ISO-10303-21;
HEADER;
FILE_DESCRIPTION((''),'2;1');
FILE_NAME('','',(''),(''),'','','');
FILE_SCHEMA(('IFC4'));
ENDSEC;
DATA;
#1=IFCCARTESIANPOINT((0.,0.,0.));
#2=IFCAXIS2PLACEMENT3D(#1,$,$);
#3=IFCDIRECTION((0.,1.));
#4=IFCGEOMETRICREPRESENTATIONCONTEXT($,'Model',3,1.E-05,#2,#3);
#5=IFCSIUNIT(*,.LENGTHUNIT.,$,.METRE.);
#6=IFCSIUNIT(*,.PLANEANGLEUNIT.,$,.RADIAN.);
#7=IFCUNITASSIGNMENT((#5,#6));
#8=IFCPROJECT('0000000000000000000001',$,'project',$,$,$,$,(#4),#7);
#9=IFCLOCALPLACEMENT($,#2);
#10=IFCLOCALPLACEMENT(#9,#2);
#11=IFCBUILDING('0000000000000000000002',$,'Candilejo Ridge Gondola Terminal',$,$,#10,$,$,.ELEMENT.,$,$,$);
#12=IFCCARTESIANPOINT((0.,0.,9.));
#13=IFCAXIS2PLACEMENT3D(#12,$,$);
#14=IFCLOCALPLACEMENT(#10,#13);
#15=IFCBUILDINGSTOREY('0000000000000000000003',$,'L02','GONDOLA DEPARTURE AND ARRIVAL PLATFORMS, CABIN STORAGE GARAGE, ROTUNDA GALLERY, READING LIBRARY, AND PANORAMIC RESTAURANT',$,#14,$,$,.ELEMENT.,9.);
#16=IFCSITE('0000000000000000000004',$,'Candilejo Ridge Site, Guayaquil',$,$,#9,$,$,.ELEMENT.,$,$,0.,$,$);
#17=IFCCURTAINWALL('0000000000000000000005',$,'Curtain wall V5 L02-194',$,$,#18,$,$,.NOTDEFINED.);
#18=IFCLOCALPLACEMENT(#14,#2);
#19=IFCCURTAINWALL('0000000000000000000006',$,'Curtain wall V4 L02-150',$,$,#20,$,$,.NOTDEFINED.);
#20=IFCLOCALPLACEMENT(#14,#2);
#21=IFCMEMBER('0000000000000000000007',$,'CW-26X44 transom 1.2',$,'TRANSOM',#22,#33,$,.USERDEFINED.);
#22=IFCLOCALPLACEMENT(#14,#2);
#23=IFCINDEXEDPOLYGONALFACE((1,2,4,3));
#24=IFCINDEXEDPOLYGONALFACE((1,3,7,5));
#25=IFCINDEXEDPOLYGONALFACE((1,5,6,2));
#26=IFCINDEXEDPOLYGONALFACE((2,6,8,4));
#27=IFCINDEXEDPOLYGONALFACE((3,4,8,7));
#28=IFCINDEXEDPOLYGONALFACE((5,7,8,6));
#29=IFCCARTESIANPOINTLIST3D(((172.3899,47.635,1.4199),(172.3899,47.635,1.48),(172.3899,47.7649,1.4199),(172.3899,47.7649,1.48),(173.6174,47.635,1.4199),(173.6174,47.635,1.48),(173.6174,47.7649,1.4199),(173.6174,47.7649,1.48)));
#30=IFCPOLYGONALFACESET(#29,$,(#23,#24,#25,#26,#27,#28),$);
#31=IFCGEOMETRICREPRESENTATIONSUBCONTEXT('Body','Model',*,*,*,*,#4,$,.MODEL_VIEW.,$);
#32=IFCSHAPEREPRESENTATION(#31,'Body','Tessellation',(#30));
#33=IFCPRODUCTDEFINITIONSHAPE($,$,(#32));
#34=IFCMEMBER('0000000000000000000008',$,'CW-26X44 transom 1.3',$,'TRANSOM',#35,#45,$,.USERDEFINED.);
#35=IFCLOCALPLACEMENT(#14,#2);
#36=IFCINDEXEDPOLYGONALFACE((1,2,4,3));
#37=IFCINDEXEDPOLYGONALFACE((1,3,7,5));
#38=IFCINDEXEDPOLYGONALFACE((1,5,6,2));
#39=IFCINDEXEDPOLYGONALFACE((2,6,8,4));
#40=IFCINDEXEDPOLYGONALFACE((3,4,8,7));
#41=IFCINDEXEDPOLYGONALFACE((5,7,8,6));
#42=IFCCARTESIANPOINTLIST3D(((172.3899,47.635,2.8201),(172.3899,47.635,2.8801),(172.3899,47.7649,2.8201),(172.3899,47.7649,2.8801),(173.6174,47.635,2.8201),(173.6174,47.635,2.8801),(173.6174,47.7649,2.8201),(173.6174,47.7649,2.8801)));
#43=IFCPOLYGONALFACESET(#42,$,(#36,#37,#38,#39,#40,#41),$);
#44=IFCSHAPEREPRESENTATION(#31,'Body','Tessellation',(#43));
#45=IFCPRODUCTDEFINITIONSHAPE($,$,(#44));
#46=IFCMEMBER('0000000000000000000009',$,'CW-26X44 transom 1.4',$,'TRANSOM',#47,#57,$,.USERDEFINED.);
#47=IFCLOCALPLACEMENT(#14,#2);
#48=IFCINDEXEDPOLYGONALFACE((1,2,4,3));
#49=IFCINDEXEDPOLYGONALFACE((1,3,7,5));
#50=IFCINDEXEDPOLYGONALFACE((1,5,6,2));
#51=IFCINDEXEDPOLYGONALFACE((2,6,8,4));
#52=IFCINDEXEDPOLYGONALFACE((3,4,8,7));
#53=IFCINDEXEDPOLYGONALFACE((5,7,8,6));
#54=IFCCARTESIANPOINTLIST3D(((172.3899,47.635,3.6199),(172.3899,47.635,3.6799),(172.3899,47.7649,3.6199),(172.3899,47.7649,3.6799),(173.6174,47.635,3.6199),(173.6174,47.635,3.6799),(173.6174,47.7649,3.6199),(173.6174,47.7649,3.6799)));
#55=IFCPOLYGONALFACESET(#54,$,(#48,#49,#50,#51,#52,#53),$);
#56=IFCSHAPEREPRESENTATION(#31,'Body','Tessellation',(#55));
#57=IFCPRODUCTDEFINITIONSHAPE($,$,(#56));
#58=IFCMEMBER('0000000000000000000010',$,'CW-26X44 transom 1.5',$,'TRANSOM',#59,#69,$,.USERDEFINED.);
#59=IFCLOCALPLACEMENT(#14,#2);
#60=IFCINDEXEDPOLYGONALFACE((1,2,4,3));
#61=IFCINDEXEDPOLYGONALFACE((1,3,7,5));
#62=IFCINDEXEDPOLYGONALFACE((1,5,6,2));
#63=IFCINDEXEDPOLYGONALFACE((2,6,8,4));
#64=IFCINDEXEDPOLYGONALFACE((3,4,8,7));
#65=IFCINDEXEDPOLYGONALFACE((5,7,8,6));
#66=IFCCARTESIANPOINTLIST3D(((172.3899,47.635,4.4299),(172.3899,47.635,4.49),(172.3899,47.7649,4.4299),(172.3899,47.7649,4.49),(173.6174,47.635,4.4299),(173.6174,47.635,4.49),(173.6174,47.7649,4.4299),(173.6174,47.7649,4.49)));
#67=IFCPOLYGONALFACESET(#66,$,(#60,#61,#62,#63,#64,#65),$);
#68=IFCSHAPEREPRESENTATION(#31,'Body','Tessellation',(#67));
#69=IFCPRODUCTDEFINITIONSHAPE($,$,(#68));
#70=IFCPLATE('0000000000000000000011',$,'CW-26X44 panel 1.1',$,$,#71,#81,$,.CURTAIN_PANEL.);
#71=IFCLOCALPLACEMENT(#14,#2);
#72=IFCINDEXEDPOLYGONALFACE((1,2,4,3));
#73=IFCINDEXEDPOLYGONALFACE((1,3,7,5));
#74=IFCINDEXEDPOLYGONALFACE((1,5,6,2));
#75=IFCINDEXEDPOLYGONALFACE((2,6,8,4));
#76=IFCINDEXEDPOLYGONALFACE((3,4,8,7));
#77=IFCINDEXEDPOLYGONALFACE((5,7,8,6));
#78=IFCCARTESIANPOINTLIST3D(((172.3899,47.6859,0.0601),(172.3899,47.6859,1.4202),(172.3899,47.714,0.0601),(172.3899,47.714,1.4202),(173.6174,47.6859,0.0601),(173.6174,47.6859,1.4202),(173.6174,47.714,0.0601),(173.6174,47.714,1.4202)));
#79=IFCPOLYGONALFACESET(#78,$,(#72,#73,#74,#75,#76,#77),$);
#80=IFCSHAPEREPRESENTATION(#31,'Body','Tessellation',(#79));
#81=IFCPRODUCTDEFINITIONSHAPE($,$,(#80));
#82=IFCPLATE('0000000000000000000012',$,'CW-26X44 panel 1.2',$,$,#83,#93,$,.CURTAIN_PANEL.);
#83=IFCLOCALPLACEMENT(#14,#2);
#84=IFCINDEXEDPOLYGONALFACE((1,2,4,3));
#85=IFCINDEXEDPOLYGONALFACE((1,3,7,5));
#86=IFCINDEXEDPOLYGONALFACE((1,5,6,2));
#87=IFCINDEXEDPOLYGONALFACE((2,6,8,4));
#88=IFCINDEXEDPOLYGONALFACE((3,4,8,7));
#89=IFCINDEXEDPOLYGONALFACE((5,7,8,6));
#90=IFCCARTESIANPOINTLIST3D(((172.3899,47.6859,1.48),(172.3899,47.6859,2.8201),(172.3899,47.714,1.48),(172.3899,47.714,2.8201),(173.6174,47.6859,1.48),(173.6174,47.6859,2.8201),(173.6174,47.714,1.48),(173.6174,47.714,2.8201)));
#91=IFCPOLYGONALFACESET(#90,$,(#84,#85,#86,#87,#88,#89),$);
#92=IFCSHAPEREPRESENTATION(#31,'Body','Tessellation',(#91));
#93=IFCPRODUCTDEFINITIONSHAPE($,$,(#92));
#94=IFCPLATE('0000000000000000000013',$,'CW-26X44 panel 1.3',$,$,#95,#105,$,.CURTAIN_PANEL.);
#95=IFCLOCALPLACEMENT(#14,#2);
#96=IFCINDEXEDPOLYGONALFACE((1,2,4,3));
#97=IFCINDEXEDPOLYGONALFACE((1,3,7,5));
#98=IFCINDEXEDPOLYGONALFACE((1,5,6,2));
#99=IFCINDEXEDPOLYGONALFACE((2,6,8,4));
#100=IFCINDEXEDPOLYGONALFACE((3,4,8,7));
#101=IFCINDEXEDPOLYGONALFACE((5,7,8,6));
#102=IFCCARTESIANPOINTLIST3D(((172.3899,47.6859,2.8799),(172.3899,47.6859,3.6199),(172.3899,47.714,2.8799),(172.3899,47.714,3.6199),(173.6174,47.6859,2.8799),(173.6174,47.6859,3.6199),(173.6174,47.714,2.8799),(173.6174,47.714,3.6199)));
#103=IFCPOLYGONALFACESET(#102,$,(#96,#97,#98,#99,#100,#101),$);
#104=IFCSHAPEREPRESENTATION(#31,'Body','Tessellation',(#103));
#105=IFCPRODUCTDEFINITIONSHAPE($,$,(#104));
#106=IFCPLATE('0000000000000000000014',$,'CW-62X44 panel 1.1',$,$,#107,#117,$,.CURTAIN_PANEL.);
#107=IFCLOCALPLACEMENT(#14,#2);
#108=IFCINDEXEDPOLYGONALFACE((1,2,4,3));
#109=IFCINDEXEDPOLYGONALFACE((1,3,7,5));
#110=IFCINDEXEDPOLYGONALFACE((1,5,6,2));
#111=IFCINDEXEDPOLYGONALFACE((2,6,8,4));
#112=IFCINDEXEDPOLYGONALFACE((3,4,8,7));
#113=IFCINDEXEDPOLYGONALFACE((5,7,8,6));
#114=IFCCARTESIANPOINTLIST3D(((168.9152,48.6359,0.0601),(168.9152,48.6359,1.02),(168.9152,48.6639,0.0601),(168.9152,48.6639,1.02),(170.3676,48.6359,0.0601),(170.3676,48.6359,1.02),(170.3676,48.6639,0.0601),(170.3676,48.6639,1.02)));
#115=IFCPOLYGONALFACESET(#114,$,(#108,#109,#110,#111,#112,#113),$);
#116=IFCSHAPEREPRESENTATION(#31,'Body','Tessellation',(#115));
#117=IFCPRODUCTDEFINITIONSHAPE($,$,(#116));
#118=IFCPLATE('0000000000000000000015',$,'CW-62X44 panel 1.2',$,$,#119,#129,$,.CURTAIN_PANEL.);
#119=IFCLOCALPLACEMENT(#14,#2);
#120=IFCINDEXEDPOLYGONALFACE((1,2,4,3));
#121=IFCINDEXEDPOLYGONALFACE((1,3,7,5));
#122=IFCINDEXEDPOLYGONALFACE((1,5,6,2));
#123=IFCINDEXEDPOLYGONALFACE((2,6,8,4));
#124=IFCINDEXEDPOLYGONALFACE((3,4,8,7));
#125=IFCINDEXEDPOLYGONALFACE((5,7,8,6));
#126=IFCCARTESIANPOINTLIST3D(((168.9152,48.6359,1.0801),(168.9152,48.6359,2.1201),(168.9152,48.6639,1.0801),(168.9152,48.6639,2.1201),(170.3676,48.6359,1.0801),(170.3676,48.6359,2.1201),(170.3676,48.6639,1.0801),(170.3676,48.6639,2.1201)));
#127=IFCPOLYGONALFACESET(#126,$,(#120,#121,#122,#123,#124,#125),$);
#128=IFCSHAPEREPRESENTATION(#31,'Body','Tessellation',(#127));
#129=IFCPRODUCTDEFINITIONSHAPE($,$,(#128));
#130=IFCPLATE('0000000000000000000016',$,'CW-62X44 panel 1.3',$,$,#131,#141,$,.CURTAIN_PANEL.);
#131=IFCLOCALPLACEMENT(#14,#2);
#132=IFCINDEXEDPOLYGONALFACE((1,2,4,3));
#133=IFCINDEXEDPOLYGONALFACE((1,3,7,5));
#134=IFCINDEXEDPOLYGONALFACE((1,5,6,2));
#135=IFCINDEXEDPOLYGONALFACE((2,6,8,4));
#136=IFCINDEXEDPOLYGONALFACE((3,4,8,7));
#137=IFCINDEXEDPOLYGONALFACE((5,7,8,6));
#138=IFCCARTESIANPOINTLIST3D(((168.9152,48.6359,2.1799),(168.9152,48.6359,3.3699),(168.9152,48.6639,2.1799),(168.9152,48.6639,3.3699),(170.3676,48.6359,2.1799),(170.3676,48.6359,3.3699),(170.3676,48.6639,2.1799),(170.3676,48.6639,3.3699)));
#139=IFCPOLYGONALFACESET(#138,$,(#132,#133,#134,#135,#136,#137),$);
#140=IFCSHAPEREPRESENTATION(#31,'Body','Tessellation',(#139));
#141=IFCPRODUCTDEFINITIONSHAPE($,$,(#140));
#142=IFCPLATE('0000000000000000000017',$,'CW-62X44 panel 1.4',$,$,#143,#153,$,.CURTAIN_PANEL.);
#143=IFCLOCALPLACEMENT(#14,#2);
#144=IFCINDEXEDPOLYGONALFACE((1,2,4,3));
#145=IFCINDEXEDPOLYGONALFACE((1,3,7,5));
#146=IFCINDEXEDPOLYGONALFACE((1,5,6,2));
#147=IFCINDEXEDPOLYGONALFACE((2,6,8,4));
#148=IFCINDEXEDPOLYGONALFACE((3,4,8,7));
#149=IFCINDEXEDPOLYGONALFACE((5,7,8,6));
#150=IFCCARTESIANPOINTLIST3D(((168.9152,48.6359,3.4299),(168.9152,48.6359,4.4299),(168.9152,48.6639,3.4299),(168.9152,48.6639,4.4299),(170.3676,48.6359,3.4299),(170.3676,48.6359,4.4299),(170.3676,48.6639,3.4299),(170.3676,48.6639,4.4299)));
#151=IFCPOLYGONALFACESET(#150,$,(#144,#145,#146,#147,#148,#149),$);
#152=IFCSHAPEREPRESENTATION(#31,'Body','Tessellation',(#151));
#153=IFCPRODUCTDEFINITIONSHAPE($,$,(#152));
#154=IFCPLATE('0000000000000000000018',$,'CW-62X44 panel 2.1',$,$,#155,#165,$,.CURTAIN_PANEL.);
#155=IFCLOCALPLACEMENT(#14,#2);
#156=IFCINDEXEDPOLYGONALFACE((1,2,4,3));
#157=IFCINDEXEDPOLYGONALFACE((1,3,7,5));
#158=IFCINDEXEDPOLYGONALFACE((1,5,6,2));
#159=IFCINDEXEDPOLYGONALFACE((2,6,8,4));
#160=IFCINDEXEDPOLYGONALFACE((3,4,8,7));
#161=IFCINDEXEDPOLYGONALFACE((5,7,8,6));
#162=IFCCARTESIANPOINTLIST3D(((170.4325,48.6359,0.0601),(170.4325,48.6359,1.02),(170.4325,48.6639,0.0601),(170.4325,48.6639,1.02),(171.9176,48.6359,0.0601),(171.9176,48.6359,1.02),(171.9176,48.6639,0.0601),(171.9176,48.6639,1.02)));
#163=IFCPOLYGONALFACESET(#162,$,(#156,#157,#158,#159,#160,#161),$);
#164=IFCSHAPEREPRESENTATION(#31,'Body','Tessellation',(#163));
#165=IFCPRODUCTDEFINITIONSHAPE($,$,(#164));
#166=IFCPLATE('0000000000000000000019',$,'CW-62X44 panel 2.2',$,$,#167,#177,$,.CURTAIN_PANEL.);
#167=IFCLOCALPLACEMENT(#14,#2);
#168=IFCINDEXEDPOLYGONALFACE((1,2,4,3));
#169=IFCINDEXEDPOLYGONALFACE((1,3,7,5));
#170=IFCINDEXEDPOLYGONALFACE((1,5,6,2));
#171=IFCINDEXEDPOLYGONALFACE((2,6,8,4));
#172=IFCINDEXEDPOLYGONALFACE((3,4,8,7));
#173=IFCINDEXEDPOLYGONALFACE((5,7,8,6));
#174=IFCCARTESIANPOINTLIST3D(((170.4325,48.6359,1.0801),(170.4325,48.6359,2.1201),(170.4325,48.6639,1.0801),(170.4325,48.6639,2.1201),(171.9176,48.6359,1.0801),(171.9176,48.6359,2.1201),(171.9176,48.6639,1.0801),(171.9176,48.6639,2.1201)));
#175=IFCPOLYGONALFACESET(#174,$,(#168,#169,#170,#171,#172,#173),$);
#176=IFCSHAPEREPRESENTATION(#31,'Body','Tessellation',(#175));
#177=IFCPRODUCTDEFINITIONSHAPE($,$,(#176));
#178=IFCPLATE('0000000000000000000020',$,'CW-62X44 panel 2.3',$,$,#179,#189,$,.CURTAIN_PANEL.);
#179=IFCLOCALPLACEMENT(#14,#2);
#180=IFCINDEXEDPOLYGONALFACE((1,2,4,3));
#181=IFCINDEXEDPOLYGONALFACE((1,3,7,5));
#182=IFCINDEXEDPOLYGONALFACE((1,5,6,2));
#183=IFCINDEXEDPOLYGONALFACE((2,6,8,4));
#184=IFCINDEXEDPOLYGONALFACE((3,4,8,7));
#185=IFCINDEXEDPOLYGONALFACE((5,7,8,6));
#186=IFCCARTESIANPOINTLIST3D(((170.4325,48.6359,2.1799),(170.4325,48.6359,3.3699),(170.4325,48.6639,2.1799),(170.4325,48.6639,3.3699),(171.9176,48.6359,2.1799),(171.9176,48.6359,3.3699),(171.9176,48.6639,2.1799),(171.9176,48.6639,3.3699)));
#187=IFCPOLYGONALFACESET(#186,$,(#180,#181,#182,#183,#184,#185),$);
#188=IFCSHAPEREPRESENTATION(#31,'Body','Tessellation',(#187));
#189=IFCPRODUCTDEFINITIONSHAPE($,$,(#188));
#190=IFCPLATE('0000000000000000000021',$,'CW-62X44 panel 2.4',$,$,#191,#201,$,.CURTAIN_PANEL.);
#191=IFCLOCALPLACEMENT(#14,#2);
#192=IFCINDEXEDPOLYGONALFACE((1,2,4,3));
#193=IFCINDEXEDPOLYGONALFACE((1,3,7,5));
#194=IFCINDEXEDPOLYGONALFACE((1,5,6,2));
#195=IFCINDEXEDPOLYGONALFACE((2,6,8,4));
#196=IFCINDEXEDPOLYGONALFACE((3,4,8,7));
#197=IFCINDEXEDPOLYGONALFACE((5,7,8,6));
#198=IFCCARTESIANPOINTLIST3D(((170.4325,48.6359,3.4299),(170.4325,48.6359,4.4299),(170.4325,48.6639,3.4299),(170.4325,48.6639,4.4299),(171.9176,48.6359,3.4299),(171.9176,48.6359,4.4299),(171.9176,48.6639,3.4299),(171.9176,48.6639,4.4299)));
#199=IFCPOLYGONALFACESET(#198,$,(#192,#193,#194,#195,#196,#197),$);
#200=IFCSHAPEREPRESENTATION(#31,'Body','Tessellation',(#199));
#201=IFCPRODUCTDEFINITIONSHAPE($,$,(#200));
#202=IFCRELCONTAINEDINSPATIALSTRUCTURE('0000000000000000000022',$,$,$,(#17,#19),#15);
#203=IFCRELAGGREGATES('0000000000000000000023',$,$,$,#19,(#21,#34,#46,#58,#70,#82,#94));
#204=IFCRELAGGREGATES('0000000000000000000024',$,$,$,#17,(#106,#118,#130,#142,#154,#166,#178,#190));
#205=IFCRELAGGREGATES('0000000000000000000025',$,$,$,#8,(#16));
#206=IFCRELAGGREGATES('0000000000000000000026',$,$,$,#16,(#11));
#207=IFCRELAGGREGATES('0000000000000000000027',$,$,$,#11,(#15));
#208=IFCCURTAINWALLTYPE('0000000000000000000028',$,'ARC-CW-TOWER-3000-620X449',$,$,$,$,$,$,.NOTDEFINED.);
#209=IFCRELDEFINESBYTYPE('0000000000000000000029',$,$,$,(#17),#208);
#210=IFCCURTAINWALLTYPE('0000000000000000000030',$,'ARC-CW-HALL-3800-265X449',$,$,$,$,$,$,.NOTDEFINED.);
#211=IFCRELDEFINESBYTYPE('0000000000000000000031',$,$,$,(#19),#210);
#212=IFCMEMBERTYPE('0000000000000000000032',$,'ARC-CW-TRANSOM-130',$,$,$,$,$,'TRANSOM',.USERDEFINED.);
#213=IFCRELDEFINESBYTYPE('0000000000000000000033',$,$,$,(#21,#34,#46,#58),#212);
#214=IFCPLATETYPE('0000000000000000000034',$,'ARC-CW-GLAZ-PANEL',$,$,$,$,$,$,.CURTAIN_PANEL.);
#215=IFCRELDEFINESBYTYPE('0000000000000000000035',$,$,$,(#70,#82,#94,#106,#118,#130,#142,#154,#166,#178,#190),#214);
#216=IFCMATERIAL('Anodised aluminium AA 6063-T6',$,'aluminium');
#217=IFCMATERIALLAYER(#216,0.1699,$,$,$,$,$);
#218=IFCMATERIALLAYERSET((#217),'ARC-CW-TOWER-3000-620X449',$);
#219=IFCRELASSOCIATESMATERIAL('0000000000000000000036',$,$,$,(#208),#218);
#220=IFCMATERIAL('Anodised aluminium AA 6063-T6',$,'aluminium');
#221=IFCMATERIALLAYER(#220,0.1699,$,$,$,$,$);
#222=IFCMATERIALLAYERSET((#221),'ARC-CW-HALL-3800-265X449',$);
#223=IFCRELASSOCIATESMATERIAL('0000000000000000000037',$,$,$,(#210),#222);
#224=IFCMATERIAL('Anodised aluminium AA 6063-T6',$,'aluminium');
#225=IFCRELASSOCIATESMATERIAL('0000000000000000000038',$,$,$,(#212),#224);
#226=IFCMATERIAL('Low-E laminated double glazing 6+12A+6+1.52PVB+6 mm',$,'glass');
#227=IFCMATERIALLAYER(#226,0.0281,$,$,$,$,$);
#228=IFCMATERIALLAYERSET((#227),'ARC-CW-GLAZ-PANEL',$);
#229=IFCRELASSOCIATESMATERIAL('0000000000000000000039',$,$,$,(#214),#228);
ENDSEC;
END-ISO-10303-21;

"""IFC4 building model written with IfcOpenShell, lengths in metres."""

from ifc_helpers import new_model, si_unit, direction, frame, origin, origin_2d, place, context, subcontext, project, spatial, rectangle, extrude, material, layer, layer_set, material_profile, profile_set, type_object, element, aggregate, save


model = new_model("IFC4")

# Units and contexts
model_context = context("Model", 3, precision=1e-05, world=origin(), true_north=direction((0.0, 1.0)))
body_context = subcontext(model_context, "Body", "Model", "MODEL_VIEW")
ifc_project = project(units=[si_unit("LENGTHUNIT", "METRE"), si_unit("PLANEANGLEUNIT", "RADIAN")], contexts=[model_context])

# Site, building, storey
site_placement = place(None, origin())
site = spatial("IfcSite", under=ifc_project, at=site_placement, Name="Candilejo Ridge Site, Guayaquil", CompositionType="ELEMENT", RefElevation=0.0)
building_placement = place(site_placement, origin())
building = spatial("IfcBuilding", under=site, at=building_placement, Name="Candilejo Ridge Gondola Terminal", CompositionType="ELEMENT")
storey_placement = place(building_placement, frame((0.0, 0.0, 9.0)))
storey = spatial("IfcBuildingStorey", under=building, at=storey_placement, Name="L02", Description="GONDOLA DEPARTURE AND ARRIVAL PLATFORMS, CABIN STORAGE GARAGE, ROTUNDA GALLERY, READING LIBRARY, AND PANORAMIC RESTAURANT", CompositionType="ELEMENT", Elevation=9.0)

# Curtain wall
ifc_material_1 = material(Name="Anodised aluminium AA 6063-T6", Category="aluminium")
ifc_layer_1 = layer(ifc_material_1, 0.1699)
ifc_layer_set_1 = layer_set([ifc_layer_1], Name="ARC-CW-TOWER-3000-620X449")
curtain_wall_type_1 = type_object("IfcCurtainWallType", Name="ARC-CW-TOWER-3000-620X449", PredefinedType="NOTDEFINED", material=ifc_layer_set_1)
curtain_wall_1_placement = place(storey_placement, origin())
curtain_wall_1 = element("IfcCurtainWall", 1, at=curtain_wall_1_placement, inside=storey, type_object=curtain_wall_type_1, Name="Curtain wall V5 L02-194", PredefinedType="NOTDEFINED")

# Curtain wall, members, plates
ifc_material_2 = material(Name="Anodised aluminium AA 6063-T6", Category="aluminium")
ifc_layer_2 = layer(ifc_material_2, 0.1699)
ifc_layer_set_2 = layer_set([ifc_layer_2], Name="ARC-CW-HALL-3800-265X449")
curtain_wall_type_2 = type_object("IfcCurtainWallType", Name="ARC-CW-HALL-3800-265X449", PredefinedType="NOTDEFINED", material=ifc_layer_set_2)
curtain_wall_2_placement = place(storey_placement, origin())
curtain_wall_2 = element("IfcCurtainWall", 2, at=curtain_wall_2_placement, inside=storey, type_object=curtain_wall_type_2, Name="Curtain wall V4 L02-150", PredefinedType="NOTDEFINED")
ifc_material_3 = material(Name="Anodised aluminium AA 6063-T6", Category="aluminium")
ifc_material_profile_1 = material_profile(ifc_material_3, rectangle(XDim=0.1299, YDim=0.0601, at=origin_2d()))
ifc_profile_set_1 = profile_set([ifc_material_profile_1], Name="Anodised aluminium AA 6063-T6")
member_type_1 = type_object("IfcMemberType", Name="ARC-CW-TRANSOM-130", ElementType="TRANSOM", PredefinedType="USERDEFINED", material=ifc_profile_set_1)
member_1_placement = place(storey_placement, frame((172.3899, 47.7, 1.45), z_axis=(1.0, 0.0, 0.0), x_axis=(0.0, 1.0, 0.0)))
member_1 = element("IfcMember", 3, at=member_1_placement, type_object=member_type_1, Name="CW-26X44 transom 1.2", ObjectType="TRANSOM", PredefinedType="USERDEFINED", context=body_context, shape_type="SweptSolid", body=[
    extrude(rectangle(XDim=0.1299, YDim=0.0601, at=origin_2d()), origin(), (0.0, 0.0, 1.0), 1.2275),
])
member_2_placement = place(storey_placement, frame((172.3899, 47.7, 2.8501), z_axis=(1.0, 0.0, 0.0), x_axis=(0.0, 1.0, 0.0)))
member_2 = element("IfcMember", 4, at=member_2_placement, type_object=member_type_1, Name="CW-26X44 transom 1.3", ObjectType="TRANSOM", PredefinedType="USERDEFINED", context=body_context, shape_type="SweptSolid", body=[
    extrude(rectangle(XDim=0.1299, YDim=0.0601, at=origin_2d()), origin(), (0.0, 0.0, 1.0), 1.2275),
])
member_3_placement = place(storey_placement, frame((172.3899, 47.7, 3.6499), z_axis=(1.0, 0.0, 0.0), x_axis=(0.0, 1.0, 0.0)))
member_3 = element("IfcMember", 5, at=member_3_placement, type_object=member_type_1, Name="CW-26X44 transom 1.4", ObjectType="TRANSOM", PredefinedType="USERDEFINED", context=body_context, shape_type="SweptSolid", body=[
    extrude(rectangle(XDim=0.1299, YDim=0.0601, at=origin_2d()), origin(), (0.0, 0.0, 1.0), 1.2275),
])
member_4_placement = place(storey_placement, frame((172.3899, 47.7, 4.46), z_axis=(1.0, 0.0, 0.0), x_axis=(0.0, 1.0, 0.0)))
member_4 = element("IfcMember", 6, at=member_4_placement, type_object=member_type_1, Name="CW-26X44 transom 1.5", ObjectType="TRANSOM", PredefinedType="USERDEFINED", context=body_context, shape_type="SweptSolid", body=[
    extrude(rectangle(XDim=0.1299, YDim=0.0601, at=origin_2d()), origin(), (0.0, 0.0, 1.0), 1.2275),
])
ifc_material_4 = material(Name="Low-E laminated double glazing 6+12A+6+1.52PVB+6 mm", Category="glass")
ifc_layer_3 = layer(ifc_material_4, 0.0281)
ifc_layer_set_3 = layer_set([ifc_layer_3], Name="ARC-CW-GLAZ-PANEL")
plate_type = type_object("IfcPlateType", Name="ARC-CW-GLAZ-PANEL", PredefinedType="CURTAIN_PANEL", material=ifc_layer_set_3)
plate_1_placement = place(storey_placement, frame((173.0037, 47.7, 0.0601), z_axis=(0.0, 0.0, 1.0), x_axis=(1.0, 0.0, 0.0)))
plate_1 = element("IfcPlate", 7, at=plate_1_placement, type_object=plate_type, Name="CW-26X44 panel 1.1", PredefinedType="CURTAIN_PANEL", context=body_context, shape_type="SweptSolid", body=[
    extrude(rectangle(XDim=1.2275, YDim=0.0281, at=origin_2d()), origin(), (0.0, 0.0, 1.0), 1.3601),
])
plate_2_placement = place(storey_placement, frame((173.0037, 47.7, 1.48), z_axis=(0.0, 0.0, 1.0), x_axis=(1.0, 0.0, 0.0)))
plate_2 = element("IfcPlate", 8, at=plate_2_placement, type_object=plate_type, Name="CW-26X44 panel 1.2", PredefinedType="CURTAIN_PANEL", context=body_context, shape_type="SweptSolid", body=[
    extrude(rectangle(XDim=1.2275, YDim=0.0281, at=origin_2d()), origin(), (0.0, 0.0, 1.0), 1.3401),
])
plate_3_placement = place(storey_placement, frame((173.0037, 47.7, 2.8799), z_axis=(0.0, 0.0, 1.0), x_axis=(1.0, 0.0, 0.0)))
plate_3 = element("IfcPlate", 9, at=plate_3_placement, type_object=plate_type, Name="CW-26X44 panel 1.3", PredefinedType="CURTAIN_PANEL", context=body_context, shape_type="SweptSolid", body=[
    extrude(rectangle(XDim=1.2275, YDim=0.0281, at=origin_2d()), origin(), (0.0, 0.0, 1.0), 0.74),
])
aggregate(curtain_wall_2, [member_1, member_2, member_3, member_4, plate_1, plate_2, plate_3])

# Plates
plate_4_placement = place(storey_placement, frame((169.6414, 48.6499, 0.0601), z_axis=(0.0, 0.0, 1.0), x_axis=(1.0, 0.0, 0.0)))
plate_4 = element("IfcPlate", 10, at=plate_4_placement, type_object=plate_type, Name="CW-62X44 panel 1.1", PredefinedType="CURTAIN_PANEL", context=body_context, shape_type="SweptSolid", body=[
    extrude(rectangle(XDim=1.4524, YDim=0.0281, at=origin_2d()), origin(), (0.0, 0.0, 1.0), 0.96),
])
plate_5_placement = place(storey_placement, frame((169.6414, 48.6499, 1.0801), z_axis=(0.0, 0.0, 1.0), x_axis=(1.0, 0.0, 0.0)))
plate_5 = element("IfcPlate", 11, at=plate_5_placement, type_object=plate_type, Name="CW-62X44 panel 1.2", PredefinedType="CURTAIN_PANEL", context=body_context, shape_type="SweptSolid", body=[
    extrude(rectangle(XDim=1.4524, YDim=0.0281, at=origin_2d()), origin(), (0.0, 0.0, 1.0), 1.04),
])
plate_6_placement = place(storey_placement, frame((169.6414, 48.6499, 2.1799), z_axis=(0.0, 0.0, 1.0), x_axis=(1.0, 0.0, 0.0)))
plate_6 = element("IfcPlate", 12, at=plate_6_placement, type_object=plate_type, Name="CW-62X44 panel 1.3", PredefinedType="CURTAIN_PANEL", context=body_context, shape_type="SweptSolid", body=[
    extrude(rectangle(XDim=1.4524, YDim=0.0281, at=origin_2d()), origin(), (0.0, 0.0, 1.0), 1.1899),
])
plate_7_placement = place(storey_placement, frame((169.6414, 48.6499, 3.4299), z_axis=(0.0, 0.0, 1.0), x_axis=(1.0, 0.0, 0.0)))
plate_7 = element("IfcPlate", 13, at=plate_7_placement, type_object=plate_type, Name="CW-62X44 panel 1.4", PredefinedType="CURTAIN_PANEL", context=body_context, shape_type="SweptSolid", body=[
    extrude(rectangle(XDim=1.4524, YDim=0.0281, at=origin_2d()), origin(), (0.0, 0.0, 1.0), 1.0),
])
plate_8_placement = place(storey_placement, frame((171.175, 48.6499, 0.0601), z_axis=(0.0, 0.0, 1.0), x_axis=(1.0, 0.0, 0.0)))
plate_8 = element("IfcPlate", 14, at=plate_8_placement, type_object=plate_type, Name="CW-62X44 panel 2.1", PredefinedType="CURTAIN_PANEL", context=body_context, shape_type="SweptSolid", body=[
    extrude(rectangle(XDim=1.4851, YDim=0.0281, at=origin_2d()), origin(), (0.0, 0.0, 1.0), 0.96),
])
plate_9_placement = place(storey_placement, frame((171.175, 48.6499, 1.0801), z_axis=(0.0, 0.0, 1.0), x_axis=(1.0, 0.0, 0.0)))
plate_9 = element("IfcPlate", 15, at=plate_9_placement, type_object=plate_type, Name="CW-62X44 panel 2.2", PredefinedType="CURTAIN_PANEL", context=body_context, shape_type="SweptSolid", body=[
    extrude(rectangle(XDim=1.4851, YDim=0.0281, at=origin_2d()), origin(), (0.0, 0.0, 1.0), 1.04),
])
plate_10_placement = place(storey_placement, frame((171.175, 48.6499, 2.1799), z_axis=(0.0, 0.0, 1.0), x_axis=(1.0, 0.0, 0.0)))
plate_10 = element("IfcPlate", 16, at=plate_10_placement, type_object=plate_type, Name="CW-62X44 panel 2.3", PredefinedType="CURTAIN_PANEL", context=body_context, shape_type="SweptSolid", body=[
    extrude(rectangle(XDim=1.4851, YDim=0.0281, at=origin_2d()), origin(), (0.0, 0.0, 1.0), 1.1899),
])
plate_11_placement = place(storey_placement, frame((171.175, 48.6499, 3.4299), z_axis=(0.0, 0.0, 1.0), x_axis=(1.0, 0.0, 0.0)))
plate_11 = element("IfcPlate", 17, at=plate_11_placement, type_object=plate_type, Name="CW-62X44 panel 2.4", PredefinedType="CURTAIN_PANEL", context=body_context, shape_type="SweptSolid", body=[
    extrude(rectangle(XDim=1.4851, YDim=0.0281, at=origin_2d()), origin(), (0.0, 0.0, 1.0), 1.0),
])
aggregate(curtain_wall_1, [plate_4, plate_5, plate_6, plate_7, plate_8, plate_9, plate_10, plate_11])

save(model, "model.ifc")
